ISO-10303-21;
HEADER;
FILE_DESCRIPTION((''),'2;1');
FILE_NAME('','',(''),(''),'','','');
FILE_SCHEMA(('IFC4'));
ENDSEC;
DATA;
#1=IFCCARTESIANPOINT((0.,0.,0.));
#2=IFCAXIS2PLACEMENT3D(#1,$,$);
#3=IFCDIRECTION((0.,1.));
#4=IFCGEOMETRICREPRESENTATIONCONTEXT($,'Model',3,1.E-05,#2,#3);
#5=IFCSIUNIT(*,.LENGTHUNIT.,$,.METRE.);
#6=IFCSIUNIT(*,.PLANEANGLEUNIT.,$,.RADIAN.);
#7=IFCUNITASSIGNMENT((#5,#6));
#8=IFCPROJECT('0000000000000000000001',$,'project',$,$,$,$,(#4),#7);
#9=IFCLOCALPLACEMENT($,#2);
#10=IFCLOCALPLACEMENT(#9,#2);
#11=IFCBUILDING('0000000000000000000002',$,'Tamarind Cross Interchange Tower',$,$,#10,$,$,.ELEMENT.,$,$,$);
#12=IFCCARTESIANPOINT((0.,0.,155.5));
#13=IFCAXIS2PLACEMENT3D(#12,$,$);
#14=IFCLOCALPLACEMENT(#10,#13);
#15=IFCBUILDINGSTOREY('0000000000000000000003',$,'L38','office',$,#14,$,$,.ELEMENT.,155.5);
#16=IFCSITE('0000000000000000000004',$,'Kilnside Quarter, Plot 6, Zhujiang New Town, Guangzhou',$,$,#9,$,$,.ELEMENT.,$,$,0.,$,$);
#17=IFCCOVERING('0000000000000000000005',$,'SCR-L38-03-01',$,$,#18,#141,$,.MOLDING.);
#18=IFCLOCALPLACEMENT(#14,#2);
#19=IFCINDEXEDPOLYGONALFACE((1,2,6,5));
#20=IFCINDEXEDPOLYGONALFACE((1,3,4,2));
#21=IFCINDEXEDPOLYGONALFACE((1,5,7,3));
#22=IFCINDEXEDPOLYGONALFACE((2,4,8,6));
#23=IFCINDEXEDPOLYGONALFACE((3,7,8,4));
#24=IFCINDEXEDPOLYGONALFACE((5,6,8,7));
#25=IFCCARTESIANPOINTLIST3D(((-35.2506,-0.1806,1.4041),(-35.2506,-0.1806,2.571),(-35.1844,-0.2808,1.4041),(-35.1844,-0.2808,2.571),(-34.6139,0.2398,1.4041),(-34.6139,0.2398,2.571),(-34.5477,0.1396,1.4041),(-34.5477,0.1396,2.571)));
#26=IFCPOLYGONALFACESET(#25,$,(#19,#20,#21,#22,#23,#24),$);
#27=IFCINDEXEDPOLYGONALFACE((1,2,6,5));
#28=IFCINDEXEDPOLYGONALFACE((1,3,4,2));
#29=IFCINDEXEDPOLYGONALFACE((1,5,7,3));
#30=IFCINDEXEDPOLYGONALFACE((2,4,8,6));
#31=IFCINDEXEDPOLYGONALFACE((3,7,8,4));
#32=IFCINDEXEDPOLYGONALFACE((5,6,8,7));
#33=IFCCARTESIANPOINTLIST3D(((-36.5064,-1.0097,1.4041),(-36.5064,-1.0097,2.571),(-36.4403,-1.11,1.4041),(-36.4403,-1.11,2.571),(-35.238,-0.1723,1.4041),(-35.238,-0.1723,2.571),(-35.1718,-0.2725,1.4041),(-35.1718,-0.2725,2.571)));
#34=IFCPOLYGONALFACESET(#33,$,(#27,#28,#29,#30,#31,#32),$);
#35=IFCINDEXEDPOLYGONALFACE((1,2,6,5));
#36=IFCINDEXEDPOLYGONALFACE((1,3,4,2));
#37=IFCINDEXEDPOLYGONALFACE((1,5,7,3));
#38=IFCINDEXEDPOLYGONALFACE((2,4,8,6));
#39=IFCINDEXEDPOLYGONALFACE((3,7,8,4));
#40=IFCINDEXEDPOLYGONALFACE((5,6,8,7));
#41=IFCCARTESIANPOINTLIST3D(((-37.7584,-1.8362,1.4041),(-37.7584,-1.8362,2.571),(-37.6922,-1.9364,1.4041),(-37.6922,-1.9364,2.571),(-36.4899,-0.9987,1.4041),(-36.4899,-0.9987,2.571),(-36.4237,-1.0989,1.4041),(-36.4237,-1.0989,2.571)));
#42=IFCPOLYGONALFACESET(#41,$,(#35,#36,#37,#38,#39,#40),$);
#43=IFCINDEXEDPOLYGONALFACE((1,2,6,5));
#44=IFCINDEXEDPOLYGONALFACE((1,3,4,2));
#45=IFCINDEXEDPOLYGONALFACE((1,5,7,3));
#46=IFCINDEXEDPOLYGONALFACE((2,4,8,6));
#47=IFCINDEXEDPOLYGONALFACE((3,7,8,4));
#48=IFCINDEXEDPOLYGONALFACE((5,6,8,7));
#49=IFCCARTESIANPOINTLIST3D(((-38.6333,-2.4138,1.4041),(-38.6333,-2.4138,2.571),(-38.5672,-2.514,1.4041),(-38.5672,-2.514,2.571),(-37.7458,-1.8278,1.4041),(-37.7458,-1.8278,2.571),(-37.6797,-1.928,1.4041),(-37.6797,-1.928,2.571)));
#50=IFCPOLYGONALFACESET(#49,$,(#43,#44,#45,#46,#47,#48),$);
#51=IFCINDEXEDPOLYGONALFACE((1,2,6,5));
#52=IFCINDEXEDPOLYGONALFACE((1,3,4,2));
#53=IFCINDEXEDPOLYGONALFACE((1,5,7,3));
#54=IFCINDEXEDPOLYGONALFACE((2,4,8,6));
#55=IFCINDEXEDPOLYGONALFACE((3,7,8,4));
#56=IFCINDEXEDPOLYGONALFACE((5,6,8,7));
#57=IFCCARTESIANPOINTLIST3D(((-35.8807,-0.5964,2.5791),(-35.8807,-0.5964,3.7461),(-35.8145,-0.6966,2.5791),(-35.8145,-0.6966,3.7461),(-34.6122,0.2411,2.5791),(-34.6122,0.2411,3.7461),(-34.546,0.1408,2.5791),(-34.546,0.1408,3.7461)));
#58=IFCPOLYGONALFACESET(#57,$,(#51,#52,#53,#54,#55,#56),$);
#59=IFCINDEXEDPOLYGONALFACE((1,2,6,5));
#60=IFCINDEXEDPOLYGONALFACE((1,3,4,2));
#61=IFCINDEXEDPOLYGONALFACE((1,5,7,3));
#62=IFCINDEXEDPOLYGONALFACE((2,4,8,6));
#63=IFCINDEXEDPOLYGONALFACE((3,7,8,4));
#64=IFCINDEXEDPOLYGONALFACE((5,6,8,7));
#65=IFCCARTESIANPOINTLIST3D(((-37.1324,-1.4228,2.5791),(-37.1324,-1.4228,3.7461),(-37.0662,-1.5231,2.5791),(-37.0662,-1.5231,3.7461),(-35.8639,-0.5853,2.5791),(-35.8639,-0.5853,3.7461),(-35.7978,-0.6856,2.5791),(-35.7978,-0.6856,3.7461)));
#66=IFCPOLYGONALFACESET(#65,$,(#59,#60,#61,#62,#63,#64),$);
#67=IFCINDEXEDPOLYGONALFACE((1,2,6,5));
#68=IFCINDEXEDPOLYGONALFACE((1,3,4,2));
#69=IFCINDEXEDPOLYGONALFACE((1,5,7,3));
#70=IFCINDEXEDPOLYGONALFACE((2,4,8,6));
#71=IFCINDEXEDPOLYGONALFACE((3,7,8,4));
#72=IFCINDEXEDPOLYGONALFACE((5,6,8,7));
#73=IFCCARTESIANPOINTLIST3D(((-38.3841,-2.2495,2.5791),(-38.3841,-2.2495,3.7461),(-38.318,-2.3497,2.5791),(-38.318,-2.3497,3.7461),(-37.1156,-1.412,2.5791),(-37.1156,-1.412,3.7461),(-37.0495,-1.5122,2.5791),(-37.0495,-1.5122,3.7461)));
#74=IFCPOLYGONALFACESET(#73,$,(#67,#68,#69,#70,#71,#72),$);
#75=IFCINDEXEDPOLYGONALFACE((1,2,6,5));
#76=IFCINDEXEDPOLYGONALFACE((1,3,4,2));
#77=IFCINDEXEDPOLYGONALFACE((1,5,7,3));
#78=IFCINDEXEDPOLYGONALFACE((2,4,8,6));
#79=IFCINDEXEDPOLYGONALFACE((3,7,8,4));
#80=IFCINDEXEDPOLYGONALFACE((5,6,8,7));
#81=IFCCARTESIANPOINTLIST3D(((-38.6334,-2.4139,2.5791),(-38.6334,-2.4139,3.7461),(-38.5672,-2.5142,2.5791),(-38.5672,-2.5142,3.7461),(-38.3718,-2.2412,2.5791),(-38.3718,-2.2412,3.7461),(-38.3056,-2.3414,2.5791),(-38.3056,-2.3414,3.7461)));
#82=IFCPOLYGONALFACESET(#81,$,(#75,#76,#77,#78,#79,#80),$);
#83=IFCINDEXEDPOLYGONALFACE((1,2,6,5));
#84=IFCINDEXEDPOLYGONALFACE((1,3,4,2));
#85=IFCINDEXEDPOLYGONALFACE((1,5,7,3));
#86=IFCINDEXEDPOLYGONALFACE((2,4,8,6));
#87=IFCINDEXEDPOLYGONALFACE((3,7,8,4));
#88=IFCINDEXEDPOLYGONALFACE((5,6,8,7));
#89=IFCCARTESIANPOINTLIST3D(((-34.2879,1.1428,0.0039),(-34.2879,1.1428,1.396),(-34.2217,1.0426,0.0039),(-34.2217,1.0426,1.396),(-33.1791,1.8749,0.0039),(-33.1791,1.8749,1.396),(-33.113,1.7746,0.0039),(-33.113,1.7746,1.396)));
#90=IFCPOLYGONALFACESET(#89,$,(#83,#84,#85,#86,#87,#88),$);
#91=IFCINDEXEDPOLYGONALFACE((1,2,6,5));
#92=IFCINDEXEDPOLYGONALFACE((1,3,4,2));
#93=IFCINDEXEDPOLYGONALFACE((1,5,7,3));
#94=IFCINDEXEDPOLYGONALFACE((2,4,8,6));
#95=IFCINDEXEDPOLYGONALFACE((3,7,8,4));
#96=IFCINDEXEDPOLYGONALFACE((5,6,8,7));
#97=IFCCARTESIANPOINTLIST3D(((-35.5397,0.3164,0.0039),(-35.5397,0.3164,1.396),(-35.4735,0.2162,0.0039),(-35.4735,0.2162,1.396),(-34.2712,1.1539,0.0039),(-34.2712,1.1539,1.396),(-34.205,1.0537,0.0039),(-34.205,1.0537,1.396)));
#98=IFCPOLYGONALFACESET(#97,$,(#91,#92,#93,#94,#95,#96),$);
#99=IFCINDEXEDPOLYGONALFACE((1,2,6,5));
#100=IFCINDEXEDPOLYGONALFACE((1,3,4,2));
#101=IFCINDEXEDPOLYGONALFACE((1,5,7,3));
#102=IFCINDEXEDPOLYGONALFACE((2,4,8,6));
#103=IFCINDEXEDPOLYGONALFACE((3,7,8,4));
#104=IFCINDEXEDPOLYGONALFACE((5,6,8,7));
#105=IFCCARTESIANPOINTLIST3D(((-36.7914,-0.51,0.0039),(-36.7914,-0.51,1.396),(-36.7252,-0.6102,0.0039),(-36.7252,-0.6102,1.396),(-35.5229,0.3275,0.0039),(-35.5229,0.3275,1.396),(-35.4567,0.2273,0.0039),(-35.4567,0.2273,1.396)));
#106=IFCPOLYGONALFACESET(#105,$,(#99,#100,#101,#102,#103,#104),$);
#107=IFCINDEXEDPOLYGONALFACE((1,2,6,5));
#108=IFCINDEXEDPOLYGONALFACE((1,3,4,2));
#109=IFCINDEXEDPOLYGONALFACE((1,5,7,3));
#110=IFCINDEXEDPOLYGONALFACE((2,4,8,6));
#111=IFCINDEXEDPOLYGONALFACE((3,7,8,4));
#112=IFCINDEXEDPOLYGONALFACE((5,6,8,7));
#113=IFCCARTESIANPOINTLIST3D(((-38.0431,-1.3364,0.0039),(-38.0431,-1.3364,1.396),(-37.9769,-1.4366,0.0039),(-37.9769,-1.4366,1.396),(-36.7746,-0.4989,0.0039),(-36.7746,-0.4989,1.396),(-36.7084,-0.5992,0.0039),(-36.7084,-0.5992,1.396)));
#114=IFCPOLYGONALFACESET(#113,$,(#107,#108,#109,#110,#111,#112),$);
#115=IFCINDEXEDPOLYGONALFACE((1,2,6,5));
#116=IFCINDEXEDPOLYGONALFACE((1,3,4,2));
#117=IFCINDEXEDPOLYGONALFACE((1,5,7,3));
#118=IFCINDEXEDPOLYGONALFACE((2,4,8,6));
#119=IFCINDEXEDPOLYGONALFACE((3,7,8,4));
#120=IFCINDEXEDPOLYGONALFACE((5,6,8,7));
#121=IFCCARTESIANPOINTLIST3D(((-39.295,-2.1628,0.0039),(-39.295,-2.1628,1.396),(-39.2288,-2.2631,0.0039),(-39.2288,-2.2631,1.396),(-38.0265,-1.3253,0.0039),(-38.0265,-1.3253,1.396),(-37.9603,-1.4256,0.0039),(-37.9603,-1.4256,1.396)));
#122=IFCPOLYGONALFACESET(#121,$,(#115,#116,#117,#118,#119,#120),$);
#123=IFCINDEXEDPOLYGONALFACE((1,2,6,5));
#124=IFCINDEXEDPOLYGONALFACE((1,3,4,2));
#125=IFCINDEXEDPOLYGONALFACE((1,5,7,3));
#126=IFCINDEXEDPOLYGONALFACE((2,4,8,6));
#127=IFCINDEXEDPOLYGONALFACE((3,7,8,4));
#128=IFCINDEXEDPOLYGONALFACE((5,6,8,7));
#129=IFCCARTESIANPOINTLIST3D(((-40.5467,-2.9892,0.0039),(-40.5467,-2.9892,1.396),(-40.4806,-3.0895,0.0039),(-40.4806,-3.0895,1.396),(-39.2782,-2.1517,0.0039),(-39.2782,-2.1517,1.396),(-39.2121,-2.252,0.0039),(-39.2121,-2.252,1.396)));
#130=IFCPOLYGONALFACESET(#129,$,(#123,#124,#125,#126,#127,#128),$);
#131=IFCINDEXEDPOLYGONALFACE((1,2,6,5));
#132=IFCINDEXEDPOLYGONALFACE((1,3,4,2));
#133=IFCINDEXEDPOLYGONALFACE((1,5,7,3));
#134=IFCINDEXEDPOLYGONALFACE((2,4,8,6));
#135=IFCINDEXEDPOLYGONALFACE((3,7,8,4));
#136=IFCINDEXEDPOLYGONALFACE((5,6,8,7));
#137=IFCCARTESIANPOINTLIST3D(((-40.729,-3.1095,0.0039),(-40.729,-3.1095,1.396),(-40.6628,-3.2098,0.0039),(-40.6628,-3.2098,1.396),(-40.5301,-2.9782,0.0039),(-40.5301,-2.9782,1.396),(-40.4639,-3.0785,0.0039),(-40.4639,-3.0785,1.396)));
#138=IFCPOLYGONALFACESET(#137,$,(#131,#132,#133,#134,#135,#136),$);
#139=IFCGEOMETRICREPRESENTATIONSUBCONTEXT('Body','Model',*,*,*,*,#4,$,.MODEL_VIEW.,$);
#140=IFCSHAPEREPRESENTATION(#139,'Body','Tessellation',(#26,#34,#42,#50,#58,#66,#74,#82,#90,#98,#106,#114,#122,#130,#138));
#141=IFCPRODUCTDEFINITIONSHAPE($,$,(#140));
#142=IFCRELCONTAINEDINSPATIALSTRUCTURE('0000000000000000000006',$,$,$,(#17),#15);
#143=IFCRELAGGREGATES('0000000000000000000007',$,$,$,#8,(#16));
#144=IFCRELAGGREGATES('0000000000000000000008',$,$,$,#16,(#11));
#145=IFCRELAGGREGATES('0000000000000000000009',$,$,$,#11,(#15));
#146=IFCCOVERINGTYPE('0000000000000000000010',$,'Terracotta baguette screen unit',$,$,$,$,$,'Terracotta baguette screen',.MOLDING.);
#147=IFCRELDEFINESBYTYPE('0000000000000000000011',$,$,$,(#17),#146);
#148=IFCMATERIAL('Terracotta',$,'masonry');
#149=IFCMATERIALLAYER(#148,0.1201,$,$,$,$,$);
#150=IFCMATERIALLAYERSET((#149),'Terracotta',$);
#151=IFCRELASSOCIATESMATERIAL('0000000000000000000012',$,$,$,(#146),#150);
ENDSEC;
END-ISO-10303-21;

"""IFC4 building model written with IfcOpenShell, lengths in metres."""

from ifc_helpers import new_model, si_unit, direction, frame, origin, origin_2d, place, context, subcontext, project, spatial, rectangle, extrude, material, layer, layer_set, type_object, element, save


model = new_model("IFC4")

# Units and contexts
model_context = context("Model", 3, precision=1e-05, world=origin(), true_north=direction((0.0, 1.0)))
body_context = subcontext(model_context, "Body", "Model", "MODEL_VIEW")
ifc_project = project(units=[si_unit("LENGTHUNIT", "METRE"), si_unit("PLANEANGLEUNIT", "RADIAN")], contexts=[model_context])

# Site, building, storey
site_placement = place(None, origin())
site = spatial("IfcSite", under=ifc_project, at=site_placement, Name="Kilnside Quarter, Plot 6, Zhujiang New Town, Guangzhou", CompositionType="ELEMENT", RefElevation=0.0)
building_placement = place(site_placement, origin())
building = spatial("IfcBuilding", under=site, at=building_placement, Name="Tamarind Cross Interchange Tower", CompositionType="ELEMENT")
storey_placement = place(building_placement, frame((0.0, 0.0, 155.5)))
storey = spatial("IfcBuildingStorey", under=building, at=storey_placement, Name="L38", Description="office", CompositionType="ELEMENT", Elevation=155.5)

# Covering
ifc_material_1 = material(Name="Terracotta", Category="masonry")
ifc_layer_1 = layer(ifc_material_1, 0.1201)
ifc_layer_set_1 = layer_set([ifc_layer_1], Name="Terracotta")
covering_type = type_object("IfcCoveringType", Name="Terracotta baguette screen unit", ElementType="Terracotta baguette screen", PredefinedType="MOLDING", material=ifc_layer_set_1)
covering_1_placement = place(storey_placement, origin())
element("IfcCovering", 1, at=covering_1_placement, inside=storey, type_object=covering_type, Name="SCR-L38-03-01", PredefinedType="MOLDING", context=body_context, shape_type="SweptSolid", body=[
    extrude(rectangle(XDim=0.7629, YDim=0.1201, at=origin_2d()), frame((-34.8992, -0.0205, 1.4041), z_axis=(0.0, 0.0, 1.0), x_axis=(-0.834525, -0.55097, 0.0)), (0.0, 0.0, 1.0), 1.167),
    extrude(rectangle(XDim=1.52, YDim=0.1201, at=origin_2d()), frame((-35.8391, -0.6411, 1.4041), z_axis=(0.0, 0.0, 1.0), x_axis=(-0.834525, -0.55097, 0.0)), (0.0, 0.0, 1.0), 1.167),
    extrude(rectangle(XDim=1.52, YDim=0.1201, at=origin_2d()), frame((-37.0911, -1.4675, 1.4041), z_axis=(0.0, 0.0, 1.0), x_axis=(-0.834525, -0.55097, 0.0)), (0.0, 0.0, 1.0), 1.167),
    extrude(rectangle(XDim=1.0635, YDim=0.1201, at=origin_2d()), frame((-38.1565, -2.1709, 1.4041), z_axis=(0.0, 0.0, 1.0), x_axis=(-0.834525, -0.55097, 0.0)), (0.0, 0.0, 1.0), 1.167),
    extrude(rectangle(XDim=1.52, YDim=0.1201, at=origin_2d()), frame((-35.2134, -0.2278, 2.5791), z_axis=(0.0, 0.0, 1.0), x_axis=(-0.834525, -0.55097, 0.0)), (0.0, 0.0, 1.0), 1.167),
    extrude(rectangle(XDim=1.52, YDim=0.1201, at=origin_2d()), frame((-36.4651, -1.0542, 2.5791), z_axis=(0.0, 0.0, 1.0), x_axis=(-0.834525, -0.55097, 0.0)), (0.0, 0.0, 1.0), 1.167),
    extrude(rectangle(XDim=1.52, YDim=0.1201, at=origin_2d()), frame((-37.7168, -1.8809, 2.5791), z_axis=(0.0, 0.0, 1.0), x_axis=(-0.834525, -0.55097, 0.0)), (0.0, 0.0, 1.0), 1.167),
    extrude(rectangle(XDim=0.3135, YDim=0.1201, at=origin_2d()), frame((-38.4695, -2.3777, 2.5791), z_axis=(0.0, 0.0, 1.0), x_axis=(-0.834525, -0.55097, 0.0)), (0.0, 0.0, 1.0), 1.167),
    extrude(rectangle(XDim=1.3286, YDim=0.1201, at=origin_2d()), frame((-33.7004, 1.4587, 0.0039), z_axis=(0.0, 0.0, 1.0), x_axis=(-0.834525, -0.55097, 0.0)), (0.0, 0.0, 1.0), 1.3921),
    extrude(rectangle(XDim=1.52, YDim=0.1201, at=origin_2d()), frame((-34.8723, 0.6851, 0.0039), z_axis=(0.0, 0.0, 1.0), x_axis=(-0.834525, -0.55097, 0.0)), (0.0, 0.0, 1.0), 1.3921),
    extrude(rectangle(XDim=1.52, YDim=0.1201, at=origin_2d()), frame((-36.124, -0.1414, 0.0039), z_axis=(0.0, 0.0, 1.0), x_axis=(-0.834525, -0.55097, 0.0)), (0.0, 0.0, 1.0), 1.3921),
    extrude(rectangle(XDim=1.52, YDim=0.1201, at=origin_2d()), frame((-37.3757, -0.9678, 0.0039), z_axis=(0.0, 0.0, 1.0), x_axis=(-0.834525, -0.55097, 0.0)), (0.0, 0.0, 1.0), 1.3921),
    extrude(rectangle(XDim=1.52, YDim=0.1201, at=origin_2d()), frame((-38.6277, -1.7942, 0.0039), z_axis=(0.0, 0.0, 1.0), x_axis=(-0.834525, -0.55097, 0.0)), (0.0, 0.0, 1.0), 1.3921),
    extrude(rectangle(XDim=1.52, YDim=0.1201, at=origin_2d()), frame((-39.8794, -2.6206, 0.0039), z_axis=(0.0, 0.0, 1.0), x_axis=(-0.834525, -0.55097, 0.0)), (0.0, 0.0, 1.0), 1.3921),
    extrude(rectangle(XDim=0.2383, YDim=0.1201, at=origin_2d()), frame((-40.5964, -3.094, 0.0039), z_axis=(0.0, 0.0, 1.0), x_axis=(-0.834525, -0.55097, 0.0)), (0.0, 0.0, 1.0), 1.3921),
])

save(model, "model.ifc")
